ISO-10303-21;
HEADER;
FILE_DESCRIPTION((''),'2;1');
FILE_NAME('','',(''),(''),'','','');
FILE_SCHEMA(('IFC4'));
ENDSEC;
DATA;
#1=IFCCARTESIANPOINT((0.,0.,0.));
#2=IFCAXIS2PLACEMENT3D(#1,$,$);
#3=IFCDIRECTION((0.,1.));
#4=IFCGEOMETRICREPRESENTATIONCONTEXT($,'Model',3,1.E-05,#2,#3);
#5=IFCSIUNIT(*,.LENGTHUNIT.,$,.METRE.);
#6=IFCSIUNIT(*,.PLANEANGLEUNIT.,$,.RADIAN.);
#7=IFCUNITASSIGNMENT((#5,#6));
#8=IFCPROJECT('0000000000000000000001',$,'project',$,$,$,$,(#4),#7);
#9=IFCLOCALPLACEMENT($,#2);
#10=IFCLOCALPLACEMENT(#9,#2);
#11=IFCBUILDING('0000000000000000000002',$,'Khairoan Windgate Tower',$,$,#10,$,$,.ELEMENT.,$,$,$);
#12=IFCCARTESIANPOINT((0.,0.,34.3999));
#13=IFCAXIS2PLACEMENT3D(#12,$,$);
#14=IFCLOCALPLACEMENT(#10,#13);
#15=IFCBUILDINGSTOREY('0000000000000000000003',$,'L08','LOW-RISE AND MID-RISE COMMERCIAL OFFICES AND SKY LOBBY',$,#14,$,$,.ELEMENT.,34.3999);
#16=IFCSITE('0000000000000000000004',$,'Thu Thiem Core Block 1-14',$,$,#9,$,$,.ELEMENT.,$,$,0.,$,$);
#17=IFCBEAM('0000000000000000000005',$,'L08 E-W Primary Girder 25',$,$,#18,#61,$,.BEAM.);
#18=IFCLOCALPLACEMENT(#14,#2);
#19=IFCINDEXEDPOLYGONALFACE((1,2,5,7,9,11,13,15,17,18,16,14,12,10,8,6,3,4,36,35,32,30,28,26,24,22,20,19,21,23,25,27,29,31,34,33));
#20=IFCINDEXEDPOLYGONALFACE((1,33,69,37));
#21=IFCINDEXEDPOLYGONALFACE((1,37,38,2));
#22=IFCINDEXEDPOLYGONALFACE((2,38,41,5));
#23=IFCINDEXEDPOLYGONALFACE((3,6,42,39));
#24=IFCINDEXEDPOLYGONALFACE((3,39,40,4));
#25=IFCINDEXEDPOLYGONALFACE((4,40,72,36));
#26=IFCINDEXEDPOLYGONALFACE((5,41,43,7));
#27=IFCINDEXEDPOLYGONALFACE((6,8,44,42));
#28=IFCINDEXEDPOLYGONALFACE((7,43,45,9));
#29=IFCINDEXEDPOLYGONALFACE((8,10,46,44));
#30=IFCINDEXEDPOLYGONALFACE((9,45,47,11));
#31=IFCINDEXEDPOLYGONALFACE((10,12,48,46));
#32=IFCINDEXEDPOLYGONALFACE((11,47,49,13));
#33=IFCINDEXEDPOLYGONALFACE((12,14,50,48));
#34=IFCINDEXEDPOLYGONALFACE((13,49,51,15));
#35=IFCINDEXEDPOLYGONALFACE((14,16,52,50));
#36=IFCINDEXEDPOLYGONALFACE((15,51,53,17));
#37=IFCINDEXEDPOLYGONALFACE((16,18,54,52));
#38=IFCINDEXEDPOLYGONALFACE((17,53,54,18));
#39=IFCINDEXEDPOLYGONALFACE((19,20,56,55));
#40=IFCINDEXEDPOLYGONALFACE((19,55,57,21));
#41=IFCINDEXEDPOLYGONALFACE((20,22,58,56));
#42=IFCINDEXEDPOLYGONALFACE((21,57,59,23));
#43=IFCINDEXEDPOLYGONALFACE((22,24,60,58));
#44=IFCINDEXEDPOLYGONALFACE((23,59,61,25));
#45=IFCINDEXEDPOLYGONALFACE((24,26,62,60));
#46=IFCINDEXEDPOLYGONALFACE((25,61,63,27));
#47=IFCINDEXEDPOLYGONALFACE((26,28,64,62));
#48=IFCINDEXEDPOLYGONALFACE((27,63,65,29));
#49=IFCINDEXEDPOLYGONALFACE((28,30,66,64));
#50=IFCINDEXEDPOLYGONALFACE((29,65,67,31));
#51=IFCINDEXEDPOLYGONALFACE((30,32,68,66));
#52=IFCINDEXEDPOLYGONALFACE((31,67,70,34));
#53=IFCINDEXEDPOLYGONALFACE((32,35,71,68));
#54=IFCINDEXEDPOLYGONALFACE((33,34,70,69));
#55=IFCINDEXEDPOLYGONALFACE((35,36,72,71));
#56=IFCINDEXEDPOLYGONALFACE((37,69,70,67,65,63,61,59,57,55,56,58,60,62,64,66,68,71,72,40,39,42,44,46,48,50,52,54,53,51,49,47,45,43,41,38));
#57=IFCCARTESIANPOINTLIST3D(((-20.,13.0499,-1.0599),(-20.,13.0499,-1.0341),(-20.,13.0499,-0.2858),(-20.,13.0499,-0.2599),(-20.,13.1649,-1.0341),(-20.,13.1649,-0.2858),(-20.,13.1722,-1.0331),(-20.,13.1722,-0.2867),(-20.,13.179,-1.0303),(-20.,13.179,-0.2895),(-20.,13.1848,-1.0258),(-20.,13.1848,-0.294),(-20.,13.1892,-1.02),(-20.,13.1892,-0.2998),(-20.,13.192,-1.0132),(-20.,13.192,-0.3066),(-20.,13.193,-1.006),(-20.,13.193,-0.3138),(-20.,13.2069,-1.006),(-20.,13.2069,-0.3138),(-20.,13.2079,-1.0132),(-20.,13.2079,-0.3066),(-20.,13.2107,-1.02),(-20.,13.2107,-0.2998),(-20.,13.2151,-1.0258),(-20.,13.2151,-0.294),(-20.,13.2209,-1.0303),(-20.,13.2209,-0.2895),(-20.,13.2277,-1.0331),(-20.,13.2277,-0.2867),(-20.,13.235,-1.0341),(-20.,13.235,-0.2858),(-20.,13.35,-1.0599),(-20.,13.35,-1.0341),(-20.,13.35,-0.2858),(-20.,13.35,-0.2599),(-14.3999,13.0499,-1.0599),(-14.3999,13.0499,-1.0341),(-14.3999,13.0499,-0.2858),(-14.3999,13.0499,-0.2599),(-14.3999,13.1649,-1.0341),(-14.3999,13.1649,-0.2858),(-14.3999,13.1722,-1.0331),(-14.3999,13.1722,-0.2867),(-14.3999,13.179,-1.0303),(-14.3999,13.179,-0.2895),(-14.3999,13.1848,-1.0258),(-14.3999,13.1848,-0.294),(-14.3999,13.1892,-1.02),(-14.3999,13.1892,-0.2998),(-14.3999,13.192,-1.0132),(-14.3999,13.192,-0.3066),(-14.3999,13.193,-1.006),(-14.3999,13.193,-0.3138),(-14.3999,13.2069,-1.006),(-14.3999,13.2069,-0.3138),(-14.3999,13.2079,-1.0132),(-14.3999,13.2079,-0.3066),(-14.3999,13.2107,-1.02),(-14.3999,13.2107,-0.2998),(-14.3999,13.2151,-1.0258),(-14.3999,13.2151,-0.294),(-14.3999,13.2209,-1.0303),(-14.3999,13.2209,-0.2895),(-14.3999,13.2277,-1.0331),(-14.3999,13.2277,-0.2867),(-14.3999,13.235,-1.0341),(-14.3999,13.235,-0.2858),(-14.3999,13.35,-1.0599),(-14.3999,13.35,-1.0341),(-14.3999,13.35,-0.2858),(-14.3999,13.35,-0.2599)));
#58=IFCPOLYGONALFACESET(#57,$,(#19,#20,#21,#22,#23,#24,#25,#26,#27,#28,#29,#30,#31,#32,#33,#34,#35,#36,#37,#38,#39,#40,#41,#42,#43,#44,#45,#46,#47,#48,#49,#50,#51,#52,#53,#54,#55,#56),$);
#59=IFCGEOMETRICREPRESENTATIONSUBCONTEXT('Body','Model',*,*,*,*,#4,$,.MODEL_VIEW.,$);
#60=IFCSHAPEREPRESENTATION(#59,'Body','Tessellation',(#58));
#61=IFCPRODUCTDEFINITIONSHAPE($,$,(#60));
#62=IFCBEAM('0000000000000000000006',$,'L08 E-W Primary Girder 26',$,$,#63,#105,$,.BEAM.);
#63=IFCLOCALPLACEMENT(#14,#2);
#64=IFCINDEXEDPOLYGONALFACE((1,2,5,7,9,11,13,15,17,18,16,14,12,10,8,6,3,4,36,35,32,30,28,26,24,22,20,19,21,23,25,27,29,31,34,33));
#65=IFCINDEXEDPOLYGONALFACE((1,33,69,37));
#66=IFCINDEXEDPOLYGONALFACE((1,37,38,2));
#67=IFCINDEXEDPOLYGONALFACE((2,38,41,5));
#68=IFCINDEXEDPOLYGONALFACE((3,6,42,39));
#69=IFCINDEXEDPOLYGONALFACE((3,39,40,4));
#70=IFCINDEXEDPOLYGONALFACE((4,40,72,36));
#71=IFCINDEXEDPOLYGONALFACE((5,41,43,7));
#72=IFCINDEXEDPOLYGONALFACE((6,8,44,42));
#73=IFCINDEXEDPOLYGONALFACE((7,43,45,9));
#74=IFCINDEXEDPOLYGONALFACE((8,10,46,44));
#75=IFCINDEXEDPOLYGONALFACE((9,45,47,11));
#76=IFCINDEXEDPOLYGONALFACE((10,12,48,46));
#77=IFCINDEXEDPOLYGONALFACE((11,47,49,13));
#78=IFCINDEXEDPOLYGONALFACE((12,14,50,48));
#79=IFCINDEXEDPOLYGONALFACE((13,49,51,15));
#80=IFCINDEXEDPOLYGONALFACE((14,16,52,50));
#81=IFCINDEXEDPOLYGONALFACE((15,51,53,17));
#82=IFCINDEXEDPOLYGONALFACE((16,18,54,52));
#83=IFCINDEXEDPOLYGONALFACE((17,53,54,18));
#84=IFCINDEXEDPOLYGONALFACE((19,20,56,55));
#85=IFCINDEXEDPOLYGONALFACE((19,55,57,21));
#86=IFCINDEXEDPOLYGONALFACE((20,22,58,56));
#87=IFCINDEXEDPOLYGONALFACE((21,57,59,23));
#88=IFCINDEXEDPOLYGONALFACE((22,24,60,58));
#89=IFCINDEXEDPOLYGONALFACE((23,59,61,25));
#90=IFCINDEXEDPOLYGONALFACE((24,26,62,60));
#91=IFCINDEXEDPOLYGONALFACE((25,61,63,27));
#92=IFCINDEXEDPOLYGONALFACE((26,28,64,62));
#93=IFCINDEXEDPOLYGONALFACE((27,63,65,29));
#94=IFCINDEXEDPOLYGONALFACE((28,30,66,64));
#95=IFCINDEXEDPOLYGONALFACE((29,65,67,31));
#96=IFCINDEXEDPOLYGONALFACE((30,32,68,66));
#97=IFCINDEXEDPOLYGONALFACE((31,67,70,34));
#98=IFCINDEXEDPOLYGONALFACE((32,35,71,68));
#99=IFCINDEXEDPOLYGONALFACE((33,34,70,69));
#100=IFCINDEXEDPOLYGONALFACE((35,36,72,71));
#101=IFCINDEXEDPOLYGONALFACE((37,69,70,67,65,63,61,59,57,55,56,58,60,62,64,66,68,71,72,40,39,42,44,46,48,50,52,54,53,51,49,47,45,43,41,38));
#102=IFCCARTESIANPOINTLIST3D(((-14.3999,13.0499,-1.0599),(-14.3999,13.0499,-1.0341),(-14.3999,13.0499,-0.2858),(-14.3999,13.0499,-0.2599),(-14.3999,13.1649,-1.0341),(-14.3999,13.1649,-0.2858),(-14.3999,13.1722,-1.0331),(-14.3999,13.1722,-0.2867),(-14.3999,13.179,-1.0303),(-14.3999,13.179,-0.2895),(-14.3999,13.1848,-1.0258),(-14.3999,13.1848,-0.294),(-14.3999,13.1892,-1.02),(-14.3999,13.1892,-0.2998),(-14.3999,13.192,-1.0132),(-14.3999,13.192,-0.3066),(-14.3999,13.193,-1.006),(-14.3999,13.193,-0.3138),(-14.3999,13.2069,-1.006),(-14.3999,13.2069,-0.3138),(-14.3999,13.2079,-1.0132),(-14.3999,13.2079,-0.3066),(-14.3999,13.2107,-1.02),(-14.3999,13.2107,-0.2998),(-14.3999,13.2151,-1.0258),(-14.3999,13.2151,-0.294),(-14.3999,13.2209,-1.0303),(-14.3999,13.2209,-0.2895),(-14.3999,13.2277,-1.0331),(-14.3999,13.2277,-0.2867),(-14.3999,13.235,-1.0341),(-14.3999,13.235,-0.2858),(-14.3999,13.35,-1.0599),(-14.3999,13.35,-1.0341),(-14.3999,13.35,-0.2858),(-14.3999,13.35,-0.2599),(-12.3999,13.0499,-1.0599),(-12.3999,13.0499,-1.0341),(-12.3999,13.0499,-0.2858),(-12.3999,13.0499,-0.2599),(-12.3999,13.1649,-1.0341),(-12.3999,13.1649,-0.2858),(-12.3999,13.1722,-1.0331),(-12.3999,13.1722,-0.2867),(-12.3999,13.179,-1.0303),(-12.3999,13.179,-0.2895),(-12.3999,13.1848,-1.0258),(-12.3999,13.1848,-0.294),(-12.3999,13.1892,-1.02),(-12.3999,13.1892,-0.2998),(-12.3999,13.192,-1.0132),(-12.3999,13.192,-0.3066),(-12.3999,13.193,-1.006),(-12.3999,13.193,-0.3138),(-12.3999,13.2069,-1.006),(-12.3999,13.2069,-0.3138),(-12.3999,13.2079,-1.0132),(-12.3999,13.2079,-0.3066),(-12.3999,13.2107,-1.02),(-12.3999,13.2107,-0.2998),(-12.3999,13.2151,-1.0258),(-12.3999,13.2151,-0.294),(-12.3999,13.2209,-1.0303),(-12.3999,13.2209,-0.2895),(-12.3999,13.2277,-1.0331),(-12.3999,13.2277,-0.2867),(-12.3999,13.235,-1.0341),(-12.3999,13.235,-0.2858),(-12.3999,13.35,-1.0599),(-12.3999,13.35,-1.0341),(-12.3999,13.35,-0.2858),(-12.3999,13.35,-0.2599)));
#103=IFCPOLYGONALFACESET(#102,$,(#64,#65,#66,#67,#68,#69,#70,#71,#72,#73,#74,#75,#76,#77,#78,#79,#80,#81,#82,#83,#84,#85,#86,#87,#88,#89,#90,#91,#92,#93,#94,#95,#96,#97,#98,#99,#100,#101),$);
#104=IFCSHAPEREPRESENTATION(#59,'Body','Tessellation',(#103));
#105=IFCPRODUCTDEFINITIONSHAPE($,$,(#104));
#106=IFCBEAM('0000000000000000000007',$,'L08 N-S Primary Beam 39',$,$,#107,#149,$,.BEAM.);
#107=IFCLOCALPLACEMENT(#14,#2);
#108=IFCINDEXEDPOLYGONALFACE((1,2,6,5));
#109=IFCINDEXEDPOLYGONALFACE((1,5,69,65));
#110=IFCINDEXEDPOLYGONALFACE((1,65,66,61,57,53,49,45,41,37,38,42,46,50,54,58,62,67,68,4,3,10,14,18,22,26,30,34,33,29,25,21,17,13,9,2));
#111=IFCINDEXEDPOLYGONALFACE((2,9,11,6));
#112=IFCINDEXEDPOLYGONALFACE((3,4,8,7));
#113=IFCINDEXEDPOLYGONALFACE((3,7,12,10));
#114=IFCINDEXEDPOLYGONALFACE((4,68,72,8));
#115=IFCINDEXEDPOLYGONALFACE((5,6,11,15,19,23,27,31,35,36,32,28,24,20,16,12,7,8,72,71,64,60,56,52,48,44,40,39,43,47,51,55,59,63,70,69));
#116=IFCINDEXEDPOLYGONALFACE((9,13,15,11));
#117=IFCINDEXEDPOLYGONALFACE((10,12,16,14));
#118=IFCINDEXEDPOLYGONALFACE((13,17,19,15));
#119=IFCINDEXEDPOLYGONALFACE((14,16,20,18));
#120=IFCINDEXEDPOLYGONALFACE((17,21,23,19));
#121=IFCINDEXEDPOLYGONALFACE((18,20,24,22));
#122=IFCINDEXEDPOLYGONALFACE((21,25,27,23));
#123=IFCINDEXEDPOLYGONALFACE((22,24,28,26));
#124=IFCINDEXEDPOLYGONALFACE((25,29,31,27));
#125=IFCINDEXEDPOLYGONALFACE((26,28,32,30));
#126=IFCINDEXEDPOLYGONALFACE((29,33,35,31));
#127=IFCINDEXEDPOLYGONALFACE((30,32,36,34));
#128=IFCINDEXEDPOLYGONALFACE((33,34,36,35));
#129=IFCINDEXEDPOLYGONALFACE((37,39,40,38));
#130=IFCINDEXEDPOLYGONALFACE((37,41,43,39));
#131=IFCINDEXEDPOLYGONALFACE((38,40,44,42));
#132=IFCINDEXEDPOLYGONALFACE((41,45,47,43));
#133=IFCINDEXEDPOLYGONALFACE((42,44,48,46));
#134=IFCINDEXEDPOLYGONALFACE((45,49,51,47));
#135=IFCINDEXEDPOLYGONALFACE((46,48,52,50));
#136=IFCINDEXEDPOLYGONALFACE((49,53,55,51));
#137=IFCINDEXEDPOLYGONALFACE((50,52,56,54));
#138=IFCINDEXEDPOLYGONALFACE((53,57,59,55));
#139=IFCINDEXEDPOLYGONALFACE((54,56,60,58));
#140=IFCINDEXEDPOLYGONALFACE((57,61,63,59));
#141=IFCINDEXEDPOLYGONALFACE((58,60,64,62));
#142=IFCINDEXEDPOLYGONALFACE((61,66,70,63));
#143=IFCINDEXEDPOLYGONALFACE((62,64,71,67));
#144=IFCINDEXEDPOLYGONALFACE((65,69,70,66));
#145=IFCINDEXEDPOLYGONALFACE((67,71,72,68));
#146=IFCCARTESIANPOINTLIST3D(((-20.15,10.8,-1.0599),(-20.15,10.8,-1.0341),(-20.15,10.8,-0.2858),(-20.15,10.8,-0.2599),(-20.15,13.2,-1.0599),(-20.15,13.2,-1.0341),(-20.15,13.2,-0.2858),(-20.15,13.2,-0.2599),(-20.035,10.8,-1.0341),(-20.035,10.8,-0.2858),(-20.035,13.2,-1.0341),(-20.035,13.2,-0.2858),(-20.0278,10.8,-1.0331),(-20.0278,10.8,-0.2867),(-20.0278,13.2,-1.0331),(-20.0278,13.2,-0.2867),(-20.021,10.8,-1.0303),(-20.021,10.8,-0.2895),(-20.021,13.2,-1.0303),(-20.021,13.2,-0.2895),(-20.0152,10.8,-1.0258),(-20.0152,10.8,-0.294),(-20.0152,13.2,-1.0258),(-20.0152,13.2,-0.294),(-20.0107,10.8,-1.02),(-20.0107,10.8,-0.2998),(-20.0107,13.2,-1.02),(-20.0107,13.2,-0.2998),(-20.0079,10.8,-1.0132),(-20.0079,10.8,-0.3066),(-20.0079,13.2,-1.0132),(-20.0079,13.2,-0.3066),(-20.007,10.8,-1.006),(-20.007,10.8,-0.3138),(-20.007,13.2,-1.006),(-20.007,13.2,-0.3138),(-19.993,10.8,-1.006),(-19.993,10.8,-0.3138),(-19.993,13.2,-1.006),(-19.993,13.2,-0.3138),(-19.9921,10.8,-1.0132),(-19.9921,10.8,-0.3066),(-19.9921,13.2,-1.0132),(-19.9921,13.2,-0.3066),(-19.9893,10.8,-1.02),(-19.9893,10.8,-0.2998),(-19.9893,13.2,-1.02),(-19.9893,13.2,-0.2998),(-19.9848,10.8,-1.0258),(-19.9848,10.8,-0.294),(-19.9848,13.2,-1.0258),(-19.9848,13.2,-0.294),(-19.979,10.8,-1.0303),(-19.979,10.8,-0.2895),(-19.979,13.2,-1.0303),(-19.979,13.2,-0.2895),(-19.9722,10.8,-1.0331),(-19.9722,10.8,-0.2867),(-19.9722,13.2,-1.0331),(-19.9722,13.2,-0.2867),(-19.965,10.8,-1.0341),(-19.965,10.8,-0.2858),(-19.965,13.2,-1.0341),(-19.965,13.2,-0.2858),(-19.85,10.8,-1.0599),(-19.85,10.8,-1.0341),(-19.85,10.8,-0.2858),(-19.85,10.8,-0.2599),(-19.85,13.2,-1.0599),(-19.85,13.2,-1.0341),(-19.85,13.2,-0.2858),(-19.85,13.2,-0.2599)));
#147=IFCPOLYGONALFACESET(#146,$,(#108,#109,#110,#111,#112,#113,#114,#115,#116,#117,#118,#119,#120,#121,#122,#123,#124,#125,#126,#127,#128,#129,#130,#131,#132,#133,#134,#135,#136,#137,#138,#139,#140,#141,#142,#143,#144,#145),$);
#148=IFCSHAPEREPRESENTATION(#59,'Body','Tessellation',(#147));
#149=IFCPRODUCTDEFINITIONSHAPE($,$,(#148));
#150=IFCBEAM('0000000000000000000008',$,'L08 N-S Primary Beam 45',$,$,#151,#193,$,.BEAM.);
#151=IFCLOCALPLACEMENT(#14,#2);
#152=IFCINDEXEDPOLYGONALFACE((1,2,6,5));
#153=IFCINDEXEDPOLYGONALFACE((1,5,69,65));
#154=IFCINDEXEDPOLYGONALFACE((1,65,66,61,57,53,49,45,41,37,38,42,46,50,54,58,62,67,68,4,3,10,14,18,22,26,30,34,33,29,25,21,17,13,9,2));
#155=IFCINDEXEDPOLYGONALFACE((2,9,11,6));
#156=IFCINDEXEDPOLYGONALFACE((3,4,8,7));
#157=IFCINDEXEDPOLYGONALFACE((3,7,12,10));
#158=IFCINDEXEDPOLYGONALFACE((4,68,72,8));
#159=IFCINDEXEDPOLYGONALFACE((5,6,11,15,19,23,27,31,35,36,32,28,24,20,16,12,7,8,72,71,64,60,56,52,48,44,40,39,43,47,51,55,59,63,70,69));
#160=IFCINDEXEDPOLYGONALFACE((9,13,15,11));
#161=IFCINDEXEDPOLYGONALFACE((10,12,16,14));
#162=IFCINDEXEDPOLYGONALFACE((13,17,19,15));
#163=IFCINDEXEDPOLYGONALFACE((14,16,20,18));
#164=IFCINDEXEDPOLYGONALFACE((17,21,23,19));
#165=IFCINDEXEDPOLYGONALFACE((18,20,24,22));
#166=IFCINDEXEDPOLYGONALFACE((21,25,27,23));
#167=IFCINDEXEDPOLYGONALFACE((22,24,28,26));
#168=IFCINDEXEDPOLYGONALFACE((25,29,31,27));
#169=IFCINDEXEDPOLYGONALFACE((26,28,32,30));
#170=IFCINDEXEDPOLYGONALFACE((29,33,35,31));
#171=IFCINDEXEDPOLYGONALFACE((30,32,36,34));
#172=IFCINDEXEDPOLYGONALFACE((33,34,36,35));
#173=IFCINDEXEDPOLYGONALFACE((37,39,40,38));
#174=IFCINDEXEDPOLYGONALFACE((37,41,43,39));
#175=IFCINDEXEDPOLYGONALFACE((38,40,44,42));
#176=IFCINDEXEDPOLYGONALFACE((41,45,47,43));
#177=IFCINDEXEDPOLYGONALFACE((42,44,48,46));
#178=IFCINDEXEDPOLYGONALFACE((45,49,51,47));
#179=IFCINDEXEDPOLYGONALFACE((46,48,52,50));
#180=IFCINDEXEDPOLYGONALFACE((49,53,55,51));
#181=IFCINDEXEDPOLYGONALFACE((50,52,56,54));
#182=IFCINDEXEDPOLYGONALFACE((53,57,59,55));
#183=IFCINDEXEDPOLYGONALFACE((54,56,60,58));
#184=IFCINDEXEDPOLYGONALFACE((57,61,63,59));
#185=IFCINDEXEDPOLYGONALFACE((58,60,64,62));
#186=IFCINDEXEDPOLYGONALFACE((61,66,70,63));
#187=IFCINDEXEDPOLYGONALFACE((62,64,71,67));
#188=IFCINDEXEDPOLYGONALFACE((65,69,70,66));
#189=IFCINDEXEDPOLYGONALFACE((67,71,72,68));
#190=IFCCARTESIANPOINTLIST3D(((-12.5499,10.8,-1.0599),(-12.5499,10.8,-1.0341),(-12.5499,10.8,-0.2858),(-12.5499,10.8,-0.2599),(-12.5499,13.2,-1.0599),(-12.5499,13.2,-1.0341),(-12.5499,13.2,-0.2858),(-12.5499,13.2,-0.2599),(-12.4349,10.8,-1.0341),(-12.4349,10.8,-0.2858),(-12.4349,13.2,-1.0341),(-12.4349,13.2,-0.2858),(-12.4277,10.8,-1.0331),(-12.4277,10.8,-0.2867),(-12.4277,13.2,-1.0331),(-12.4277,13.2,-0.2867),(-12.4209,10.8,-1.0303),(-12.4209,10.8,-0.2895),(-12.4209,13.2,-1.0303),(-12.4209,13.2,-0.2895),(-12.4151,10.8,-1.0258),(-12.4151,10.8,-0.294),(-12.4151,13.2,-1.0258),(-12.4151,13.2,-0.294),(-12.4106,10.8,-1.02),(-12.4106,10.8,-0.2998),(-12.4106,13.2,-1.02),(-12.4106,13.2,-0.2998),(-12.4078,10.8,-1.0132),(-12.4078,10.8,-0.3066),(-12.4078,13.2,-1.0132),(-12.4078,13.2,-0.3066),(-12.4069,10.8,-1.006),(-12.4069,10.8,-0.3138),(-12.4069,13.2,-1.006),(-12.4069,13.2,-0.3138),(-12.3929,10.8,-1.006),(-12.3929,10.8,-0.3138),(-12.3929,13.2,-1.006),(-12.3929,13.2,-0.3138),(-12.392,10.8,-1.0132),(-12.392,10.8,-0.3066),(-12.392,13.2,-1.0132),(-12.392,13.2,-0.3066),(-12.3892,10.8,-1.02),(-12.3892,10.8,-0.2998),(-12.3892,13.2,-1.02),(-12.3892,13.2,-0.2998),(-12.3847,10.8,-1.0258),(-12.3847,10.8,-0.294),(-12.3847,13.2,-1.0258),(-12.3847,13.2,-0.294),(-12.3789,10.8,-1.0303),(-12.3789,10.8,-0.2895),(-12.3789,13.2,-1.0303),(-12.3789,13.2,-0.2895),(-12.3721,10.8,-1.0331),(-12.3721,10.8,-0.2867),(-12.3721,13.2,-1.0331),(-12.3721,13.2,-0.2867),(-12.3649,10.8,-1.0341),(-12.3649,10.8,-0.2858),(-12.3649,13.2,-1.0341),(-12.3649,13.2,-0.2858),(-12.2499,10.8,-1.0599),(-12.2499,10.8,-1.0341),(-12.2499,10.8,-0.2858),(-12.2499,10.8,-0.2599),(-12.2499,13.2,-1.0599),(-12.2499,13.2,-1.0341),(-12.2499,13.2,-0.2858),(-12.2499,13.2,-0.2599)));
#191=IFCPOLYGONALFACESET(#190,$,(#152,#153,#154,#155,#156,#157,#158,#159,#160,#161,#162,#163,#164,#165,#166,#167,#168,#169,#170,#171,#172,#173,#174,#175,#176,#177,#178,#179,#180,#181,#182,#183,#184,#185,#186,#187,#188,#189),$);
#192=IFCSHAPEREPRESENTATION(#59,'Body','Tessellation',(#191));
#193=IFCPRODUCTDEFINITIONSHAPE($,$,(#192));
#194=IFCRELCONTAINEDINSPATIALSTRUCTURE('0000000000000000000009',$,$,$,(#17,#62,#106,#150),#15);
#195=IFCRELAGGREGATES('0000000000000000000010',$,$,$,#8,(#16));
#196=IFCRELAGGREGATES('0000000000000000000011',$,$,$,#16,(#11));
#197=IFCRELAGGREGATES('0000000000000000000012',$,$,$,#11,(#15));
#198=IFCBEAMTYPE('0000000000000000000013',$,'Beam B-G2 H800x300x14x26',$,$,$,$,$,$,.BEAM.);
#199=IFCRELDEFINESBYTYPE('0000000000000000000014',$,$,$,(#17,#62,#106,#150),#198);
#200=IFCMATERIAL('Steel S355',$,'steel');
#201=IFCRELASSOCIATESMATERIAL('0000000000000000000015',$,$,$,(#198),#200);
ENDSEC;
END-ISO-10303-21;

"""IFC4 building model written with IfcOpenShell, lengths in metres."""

from ifc_helpers import new_model, si_unit, direction, frame, origin, origin_2d, place, context, subcontext, project, spatial, i_section, extrude, material, material_profile, profile_set, type_object, element, save


model = new_model("IFC4")

# Units and contexts
model_context = context("Model", 3, precision=1e-05, world=origin(), true_north=direction((0.0, 1.0)))
body_context = subcontext(model_context, "Body", "Model", "MODEL_VIEW")
ifc_project = project(units=[si_unit("LENGTHUNIT", "METRE"), si_unit("PLANEANGLEUNIT", "RADIAN")], contexts=[model_context])

# Site, building, storey
site_placement = place(None, origin())
site = spatial("IfcSite", under=ifc_project, at=site_placement, Name="Thu Thiem Core Block 1-14", CompositionType="ELEMENT", RefElevation=0.0)
building_placement = place(site_placement, origin())
building = spatial("IfcBuilding", under=site, at=building_placement, Name="Khairoan Windgate Tower", CompositionType="ELEMENT")
storey_placement = place(building_placement, frame((0.0, 0.0, 34.3999)))
storey = spatial("IfcBuildingStorey", under=building, at=storey_placement, Name="L08", Description="LOW-RISE AND MID-RISE COMMERCIAL OFFICES AND SKY LOBBY", CompositionType="ELEMENT", Elevation=34.3999)

# Beams
ifc_material_1 = material(Name="Steel S355", Category="steel")
ifc_material_profile_1 = material_profile(ifc_material_1, i_section(OverallWidth=0.3, OverallDepth=0.8, WebThickness=0.0139, FlangeThickness=0.0259, FilletRadius=0.0281, at=origin_2d()))
ifc_profile_set_1 = profile_set([ifc_material_profile_1], Name="Steel S355")
beam_type = type_object("IfcBeamType", Name="Beam B-G2 H800x300x14x26", PredefinedType="BEAM", material=ifc_profile_set_1)
beam_1_placement = place(storey_placement, frame((-20.0, 13.2, -0.6599), z_axis=(1.0, 0.0, 0.0), x_axis=(0.0, 1.0, 0.0)))
element("IfcBeam", 1, at=beam_1_placement, inside=storey, type_object=beam_type, Name="L08 E-W Primary Girder 25", PredefinedType="BEAM", context=body_context, shape_type="SweptSolid", body=[
    extrude(i_section(OverallWidth=0.3, OverallDepth=0.8, WebThickness=0.0139, FlangeThickness=0.0259, FilletRadius=0.0281, at=origin_2d()), origin(), (0.0, 0.0, 1.0), 5.6001),
])
beam_2_placement = place(storey_placement, frame((-14.3999, 13.2, -0.6599), z_axis=(1.0, 0.0, 0.0), x_axis=(0.0, 1.0, 0.0)))
element("IfcBeam", 2, at=beam_2_placement, inside=storey, type_object=beam_type, Name="L08 E-W Primary Girder 26", PredefinedType="BEAM", context=body_context, shape_type="SweptSolid", body=[
    extrude(i_section(OverallWidth=0.3, OverallDepth=0.8, WebThickness=0.0139, FlangeThickness=0.0259, FilletRadius=0.0281, at=origin_2d()), origin(), (0.0, 0.0, 1.0), 2.0),
])
for number, where, z_axis, x_axis, name in (
    (3, (-20.0, 10.8, -0.6599), (0.0, 1.0, 0.0), (-1.0, 0.0, 0.0), "L08 N-S Primary Beam 39"),
    (4, (-12.3999, 10.8, -0.6599), (0.0, 1.0, 0.0), (-1.0, 0.0, 0.0), "L08 N-S Primary Beam 45"),
):
    element("IfcBeam", number, at=place(storey_placement, frame(where, z_axis=z_axis, x_axis=x_axis)), inside=storey, type_object=beam_type, Name=name, PredefinedType="BEAM", context=body_context, shape_type="SweptSolid", body=[
        extrude(i_section(OverallWidth=0.3, OverallDepth=0.8, WebThickness=0.0139, FlangeThickness=0.0259, FilletRadius=0.0281, at=origin_2d()), origin(), (0.0, 0.0, 1.0), 2.3999),
    ])

save(model, "model.ifc")
